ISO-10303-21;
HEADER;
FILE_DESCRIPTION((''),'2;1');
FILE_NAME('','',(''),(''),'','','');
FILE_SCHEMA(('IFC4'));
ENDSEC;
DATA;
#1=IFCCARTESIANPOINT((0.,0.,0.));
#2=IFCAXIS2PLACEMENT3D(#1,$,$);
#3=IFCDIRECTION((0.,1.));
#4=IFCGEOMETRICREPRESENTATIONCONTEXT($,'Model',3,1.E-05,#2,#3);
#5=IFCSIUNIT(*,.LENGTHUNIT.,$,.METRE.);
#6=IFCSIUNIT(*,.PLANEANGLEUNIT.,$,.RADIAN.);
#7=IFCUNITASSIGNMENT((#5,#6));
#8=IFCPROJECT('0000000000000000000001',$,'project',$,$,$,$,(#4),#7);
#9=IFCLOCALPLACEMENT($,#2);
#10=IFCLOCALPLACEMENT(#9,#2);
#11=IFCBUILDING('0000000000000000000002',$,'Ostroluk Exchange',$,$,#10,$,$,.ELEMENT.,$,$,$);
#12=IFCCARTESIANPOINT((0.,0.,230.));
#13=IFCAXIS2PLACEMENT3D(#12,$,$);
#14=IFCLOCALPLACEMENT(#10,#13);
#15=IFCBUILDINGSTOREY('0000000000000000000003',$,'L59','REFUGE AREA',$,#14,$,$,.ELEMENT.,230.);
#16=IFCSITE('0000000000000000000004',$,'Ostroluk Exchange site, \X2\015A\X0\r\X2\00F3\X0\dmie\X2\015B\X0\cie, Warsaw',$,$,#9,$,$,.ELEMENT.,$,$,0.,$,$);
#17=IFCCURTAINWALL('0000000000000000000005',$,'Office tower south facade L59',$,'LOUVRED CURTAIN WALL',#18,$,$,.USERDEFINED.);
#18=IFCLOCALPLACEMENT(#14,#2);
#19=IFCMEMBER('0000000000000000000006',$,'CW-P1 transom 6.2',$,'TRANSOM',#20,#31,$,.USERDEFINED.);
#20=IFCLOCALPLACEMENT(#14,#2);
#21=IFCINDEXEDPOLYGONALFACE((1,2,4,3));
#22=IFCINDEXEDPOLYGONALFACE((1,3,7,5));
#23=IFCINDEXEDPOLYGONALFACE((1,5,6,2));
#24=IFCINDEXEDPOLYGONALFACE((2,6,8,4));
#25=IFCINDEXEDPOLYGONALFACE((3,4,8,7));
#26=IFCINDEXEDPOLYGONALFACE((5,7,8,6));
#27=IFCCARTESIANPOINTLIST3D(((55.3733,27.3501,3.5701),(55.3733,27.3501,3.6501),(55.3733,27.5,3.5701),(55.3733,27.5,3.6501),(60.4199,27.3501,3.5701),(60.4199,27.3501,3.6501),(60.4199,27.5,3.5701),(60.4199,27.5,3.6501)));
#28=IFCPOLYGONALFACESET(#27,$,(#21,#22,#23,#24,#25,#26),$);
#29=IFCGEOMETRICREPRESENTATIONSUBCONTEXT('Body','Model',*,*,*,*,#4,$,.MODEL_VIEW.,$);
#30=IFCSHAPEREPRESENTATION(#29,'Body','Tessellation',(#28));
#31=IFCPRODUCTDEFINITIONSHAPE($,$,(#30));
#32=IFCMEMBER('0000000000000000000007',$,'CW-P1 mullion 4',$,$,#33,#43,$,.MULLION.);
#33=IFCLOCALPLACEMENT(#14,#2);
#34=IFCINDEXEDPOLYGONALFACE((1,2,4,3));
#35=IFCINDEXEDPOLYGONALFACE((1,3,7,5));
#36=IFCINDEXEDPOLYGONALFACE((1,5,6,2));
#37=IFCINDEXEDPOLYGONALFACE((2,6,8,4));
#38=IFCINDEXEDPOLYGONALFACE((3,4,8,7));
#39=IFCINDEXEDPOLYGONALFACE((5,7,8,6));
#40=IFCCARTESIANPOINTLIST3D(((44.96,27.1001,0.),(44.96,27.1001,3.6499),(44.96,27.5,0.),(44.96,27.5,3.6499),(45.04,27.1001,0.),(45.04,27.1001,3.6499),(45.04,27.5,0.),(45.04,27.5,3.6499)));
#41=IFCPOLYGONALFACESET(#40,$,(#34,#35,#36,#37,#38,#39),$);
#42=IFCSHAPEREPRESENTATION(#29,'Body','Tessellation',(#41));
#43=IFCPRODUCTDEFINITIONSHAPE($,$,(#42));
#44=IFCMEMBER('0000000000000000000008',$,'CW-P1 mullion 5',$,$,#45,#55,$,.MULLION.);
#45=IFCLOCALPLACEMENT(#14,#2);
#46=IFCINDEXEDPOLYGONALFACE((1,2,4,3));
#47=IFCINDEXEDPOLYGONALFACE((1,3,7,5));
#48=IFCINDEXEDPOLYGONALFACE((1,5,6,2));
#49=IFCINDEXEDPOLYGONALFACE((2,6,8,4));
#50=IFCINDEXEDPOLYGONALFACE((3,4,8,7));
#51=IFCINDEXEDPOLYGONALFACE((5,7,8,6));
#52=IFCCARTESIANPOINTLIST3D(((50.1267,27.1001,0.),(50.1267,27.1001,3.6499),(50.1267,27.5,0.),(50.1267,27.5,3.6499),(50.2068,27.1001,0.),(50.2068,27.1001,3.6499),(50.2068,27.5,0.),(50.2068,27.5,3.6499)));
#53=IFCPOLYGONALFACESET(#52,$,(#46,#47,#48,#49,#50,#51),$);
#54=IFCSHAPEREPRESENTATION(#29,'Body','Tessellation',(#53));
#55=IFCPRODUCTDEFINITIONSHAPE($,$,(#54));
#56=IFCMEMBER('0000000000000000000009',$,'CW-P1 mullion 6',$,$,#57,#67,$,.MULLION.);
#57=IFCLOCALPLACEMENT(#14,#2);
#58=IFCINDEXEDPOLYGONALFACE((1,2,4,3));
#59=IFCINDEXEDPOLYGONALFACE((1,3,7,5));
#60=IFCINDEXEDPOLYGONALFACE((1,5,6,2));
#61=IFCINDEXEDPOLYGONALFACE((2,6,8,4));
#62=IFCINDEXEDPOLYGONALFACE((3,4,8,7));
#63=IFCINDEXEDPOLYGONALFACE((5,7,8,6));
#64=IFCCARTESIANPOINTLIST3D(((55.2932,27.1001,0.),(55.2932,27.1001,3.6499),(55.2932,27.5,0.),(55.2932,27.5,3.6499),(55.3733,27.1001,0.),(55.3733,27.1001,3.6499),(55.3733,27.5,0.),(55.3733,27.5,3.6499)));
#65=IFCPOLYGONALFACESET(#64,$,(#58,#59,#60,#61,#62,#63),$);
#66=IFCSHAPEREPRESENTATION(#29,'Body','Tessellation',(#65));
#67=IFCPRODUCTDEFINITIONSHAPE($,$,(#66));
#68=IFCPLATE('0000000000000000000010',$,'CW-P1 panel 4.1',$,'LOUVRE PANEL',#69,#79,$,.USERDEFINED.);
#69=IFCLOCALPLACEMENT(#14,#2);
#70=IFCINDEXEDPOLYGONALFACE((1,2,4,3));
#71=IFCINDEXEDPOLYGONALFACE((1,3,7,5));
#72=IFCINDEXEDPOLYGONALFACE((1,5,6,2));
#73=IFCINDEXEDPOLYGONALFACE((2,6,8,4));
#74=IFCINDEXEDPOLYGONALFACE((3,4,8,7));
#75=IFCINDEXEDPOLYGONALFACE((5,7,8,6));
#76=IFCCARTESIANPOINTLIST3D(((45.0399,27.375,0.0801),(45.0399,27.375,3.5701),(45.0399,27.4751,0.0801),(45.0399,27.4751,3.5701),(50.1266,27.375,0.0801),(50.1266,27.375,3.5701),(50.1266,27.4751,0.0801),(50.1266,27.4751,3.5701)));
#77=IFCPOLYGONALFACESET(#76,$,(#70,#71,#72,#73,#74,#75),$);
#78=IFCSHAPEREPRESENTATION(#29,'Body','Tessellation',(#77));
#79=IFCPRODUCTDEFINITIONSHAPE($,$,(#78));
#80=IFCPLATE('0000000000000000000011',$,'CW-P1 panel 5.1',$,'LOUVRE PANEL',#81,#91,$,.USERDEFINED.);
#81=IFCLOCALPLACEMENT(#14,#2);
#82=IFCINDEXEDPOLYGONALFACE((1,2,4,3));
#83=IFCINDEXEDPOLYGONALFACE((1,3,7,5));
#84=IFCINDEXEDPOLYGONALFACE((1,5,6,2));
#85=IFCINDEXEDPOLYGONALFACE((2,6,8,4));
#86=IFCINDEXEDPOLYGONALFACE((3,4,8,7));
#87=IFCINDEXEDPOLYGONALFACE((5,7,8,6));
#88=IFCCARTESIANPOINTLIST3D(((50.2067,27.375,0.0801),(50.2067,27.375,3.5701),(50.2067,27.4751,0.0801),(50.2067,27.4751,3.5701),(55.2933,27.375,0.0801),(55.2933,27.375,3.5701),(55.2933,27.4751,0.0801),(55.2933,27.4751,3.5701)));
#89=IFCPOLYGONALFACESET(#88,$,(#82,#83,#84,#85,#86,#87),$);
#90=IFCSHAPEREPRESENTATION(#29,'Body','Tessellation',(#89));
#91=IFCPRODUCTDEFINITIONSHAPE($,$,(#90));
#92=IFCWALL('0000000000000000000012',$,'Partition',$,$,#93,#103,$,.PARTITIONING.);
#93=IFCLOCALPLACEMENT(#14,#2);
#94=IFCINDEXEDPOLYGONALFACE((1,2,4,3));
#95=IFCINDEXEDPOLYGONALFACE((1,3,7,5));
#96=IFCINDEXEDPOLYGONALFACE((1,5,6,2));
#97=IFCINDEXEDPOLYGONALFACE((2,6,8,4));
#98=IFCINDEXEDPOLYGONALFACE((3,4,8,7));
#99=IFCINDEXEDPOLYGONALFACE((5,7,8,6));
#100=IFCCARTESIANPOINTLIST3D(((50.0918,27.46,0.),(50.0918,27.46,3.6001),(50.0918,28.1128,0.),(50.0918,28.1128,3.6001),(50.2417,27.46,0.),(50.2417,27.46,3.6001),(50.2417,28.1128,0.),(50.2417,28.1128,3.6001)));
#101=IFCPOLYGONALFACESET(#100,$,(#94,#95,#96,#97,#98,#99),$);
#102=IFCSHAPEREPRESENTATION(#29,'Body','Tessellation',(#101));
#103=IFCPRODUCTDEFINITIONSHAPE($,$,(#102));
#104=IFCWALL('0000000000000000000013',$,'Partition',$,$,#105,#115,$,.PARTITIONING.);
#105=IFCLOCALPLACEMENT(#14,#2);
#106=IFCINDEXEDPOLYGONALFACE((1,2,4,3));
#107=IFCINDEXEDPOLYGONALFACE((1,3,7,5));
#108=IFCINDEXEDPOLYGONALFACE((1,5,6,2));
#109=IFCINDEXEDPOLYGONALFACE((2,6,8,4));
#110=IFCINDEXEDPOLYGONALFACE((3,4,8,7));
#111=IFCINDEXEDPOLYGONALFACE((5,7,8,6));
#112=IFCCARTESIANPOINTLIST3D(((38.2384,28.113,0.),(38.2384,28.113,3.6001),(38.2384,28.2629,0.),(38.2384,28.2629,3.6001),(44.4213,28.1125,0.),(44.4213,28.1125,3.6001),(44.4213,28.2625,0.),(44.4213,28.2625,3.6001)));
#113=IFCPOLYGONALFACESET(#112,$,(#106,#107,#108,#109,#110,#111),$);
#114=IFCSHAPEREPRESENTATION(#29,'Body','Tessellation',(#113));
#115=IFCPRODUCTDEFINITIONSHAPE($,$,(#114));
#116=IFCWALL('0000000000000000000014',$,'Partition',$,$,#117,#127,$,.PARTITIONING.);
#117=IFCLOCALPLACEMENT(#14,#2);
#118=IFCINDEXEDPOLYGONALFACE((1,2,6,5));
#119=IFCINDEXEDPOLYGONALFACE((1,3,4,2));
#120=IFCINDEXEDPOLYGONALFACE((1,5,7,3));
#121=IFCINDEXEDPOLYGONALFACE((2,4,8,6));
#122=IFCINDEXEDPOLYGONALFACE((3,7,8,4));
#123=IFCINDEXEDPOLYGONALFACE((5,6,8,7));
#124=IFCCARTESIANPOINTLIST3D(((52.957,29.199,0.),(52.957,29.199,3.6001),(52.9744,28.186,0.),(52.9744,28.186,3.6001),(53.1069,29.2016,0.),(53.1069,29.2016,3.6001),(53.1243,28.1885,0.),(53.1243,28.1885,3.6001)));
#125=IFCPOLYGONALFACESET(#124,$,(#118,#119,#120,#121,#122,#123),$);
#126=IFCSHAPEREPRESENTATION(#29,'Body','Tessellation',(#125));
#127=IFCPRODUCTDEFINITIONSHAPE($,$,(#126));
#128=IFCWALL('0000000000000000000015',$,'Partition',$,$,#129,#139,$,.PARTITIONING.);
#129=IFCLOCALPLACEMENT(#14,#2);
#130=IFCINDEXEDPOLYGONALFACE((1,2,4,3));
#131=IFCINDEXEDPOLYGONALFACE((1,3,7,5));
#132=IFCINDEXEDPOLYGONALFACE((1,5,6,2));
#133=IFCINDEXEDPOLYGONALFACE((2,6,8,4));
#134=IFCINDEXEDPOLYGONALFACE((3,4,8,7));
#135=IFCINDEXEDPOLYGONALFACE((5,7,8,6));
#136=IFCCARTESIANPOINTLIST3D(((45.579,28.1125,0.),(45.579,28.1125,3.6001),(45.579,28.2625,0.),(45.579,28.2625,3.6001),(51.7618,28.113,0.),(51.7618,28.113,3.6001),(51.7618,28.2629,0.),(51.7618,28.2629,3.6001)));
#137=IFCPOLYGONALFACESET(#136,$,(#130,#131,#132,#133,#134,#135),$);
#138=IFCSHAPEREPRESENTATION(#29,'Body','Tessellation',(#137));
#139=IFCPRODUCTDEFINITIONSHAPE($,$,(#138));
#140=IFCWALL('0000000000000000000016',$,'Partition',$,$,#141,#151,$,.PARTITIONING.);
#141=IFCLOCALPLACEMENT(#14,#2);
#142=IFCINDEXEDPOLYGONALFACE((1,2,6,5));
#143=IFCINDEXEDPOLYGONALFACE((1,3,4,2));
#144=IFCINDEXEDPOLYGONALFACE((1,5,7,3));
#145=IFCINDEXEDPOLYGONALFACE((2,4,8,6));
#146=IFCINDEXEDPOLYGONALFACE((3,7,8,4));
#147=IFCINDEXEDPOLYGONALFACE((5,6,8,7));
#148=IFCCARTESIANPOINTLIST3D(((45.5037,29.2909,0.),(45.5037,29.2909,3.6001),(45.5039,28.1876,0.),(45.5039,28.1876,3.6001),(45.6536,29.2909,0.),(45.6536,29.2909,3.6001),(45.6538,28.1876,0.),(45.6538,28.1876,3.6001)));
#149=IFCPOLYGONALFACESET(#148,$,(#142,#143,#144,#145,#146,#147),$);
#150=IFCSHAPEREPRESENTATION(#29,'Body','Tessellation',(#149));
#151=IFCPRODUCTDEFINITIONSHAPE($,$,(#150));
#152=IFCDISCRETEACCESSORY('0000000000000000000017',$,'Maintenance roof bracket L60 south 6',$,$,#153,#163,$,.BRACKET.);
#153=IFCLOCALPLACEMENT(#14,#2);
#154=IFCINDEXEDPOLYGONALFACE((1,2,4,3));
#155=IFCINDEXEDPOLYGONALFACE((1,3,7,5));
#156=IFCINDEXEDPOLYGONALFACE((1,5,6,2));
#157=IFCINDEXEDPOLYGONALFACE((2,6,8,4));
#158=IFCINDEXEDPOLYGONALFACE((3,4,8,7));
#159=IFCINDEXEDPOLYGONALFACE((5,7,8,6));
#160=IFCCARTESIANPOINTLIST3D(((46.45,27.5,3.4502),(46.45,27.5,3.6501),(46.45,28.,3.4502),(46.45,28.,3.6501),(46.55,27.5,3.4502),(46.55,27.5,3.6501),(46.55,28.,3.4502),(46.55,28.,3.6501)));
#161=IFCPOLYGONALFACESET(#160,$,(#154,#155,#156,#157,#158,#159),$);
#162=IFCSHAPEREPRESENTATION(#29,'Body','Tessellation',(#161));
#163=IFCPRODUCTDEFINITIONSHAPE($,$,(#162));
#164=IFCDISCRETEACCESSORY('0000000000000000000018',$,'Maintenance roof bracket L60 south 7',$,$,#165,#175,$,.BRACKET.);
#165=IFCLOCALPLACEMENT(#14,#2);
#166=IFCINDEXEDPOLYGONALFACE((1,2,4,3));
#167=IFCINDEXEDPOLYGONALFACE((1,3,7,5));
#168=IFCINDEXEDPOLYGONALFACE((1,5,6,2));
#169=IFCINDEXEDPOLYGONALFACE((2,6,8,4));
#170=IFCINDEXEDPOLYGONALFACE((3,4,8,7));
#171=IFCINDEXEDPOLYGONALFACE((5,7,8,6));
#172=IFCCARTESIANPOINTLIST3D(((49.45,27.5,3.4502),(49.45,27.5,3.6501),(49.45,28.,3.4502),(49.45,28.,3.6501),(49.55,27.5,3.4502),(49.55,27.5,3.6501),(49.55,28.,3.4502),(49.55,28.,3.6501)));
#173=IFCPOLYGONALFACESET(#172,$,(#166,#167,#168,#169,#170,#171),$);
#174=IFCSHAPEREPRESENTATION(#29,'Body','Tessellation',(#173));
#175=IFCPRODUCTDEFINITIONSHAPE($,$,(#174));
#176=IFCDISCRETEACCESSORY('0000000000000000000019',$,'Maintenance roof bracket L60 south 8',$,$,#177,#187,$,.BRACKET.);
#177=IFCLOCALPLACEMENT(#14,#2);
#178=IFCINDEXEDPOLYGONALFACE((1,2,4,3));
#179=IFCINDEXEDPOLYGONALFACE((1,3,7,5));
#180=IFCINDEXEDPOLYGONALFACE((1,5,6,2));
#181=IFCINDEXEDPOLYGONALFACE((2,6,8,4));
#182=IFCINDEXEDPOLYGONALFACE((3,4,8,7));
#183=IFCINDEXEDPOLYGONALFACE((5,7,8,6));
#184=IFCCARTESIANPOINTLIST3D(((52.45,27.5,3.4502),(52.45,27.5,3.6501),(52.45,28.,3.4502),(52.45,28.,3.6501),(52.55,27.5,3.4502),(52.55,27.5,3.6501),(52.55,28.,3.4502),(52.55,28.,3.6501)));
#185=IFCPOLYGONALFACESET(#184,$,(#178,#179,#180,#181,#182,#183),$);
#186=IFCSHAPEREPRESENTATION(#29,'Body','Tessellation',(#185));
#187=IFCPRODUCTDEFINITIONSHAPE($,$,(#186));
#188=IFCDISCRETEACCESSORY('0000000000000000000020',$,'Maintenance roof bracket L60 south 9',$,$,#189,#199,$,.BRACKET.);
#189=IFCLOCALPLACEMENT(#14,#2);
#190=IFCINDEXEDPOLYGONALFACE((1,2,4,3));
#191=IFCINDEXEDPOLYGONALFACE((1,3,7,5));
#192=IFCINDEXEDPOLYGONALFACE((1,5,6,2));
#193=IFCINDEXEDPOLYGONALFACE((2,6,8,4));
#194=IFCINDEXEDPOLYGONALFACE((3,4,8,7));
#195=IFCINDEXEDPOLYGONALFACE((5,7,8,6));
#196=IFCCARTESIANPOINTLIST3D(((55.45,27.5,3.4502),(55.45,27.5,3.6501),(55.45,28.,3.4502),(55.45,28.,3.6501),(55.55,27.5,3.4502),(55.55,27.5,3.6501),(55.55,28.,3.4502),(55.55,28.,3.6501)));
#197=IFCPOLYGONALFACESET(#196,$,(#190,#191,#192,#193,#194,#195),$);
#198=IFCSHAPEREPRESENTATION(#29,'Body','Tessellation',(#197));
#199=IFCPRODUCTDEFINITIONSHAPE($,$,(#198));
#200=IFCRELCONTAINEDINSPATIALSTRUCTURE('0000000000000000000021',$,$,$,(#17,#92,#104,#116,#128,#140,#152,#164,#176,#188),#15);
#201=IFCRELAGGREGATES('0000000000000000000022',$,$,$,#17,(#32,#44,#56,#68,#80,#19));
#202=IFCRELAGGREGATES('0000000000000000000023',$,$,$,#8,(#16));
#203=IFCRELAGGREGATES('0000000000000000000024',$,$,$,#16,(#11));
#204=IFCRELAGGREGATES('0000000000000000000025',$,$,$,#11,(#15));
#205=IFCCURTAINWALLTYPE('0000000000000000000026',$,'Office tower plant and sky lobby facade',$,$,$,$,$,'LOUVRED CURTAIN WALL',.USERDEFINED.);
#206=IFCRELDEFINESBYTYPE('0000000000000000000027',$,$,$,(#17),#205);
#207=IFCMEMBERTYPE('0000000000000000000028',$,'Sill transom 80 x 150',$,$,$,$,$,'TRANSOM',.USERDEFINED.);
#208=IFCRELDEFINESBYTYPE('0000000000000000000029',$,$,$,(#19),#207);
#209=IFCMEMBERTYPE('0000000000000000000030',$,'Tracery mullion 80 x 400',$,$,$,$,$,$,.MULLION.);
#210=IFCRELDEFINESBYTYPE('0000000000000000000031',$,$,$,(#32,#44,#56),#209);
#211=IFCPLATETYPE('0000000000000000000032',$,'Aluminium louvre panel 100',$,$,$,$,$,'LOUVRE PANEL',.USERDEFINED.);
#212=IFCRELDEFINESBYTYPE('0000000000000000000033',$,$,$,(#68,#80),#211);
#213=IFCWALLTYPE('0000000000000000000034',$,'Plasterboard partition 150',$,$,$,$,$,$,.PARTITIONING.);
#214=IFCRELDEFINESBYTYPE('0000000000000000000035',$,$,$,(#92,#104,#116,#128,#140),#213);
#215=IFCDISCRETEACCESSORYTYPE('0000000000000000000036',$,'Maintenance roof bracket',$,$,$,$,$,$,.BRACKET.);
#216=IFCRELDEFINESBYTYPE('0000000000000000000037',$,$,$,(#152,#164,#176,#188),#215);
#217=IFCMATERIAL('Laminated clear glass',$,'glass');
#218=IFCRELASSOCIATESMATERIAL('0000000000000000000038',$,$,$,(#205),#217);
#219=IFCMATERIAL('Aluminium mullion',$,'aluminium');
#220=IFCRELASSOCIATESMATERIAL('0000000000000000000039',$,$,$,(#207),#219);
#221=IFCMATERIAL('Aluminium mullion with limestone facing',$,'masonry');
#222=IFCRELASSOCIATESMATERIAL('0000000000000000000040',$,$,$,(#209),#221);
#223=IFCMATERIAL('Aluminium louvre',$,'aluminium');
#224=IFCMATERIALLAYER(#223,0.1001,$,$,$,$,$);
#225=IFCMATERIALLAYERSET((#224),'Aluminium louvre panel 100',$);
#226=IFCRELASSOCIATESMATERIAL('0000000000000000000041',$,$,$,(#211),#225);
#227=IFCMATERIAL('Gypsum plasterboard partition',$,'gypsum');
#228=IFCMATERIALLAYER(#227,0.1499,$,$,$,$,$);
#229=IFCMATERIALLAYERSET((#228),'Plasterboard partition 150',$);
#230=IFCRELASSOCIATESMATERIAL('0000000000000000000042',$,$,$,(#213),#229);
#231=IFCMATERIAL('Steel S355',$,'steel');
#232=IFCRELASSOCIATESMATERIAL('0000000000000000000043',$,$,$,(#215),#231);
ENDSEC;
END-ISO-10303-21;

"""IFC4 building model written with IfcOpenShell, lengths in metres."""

from ifc_helpers import new_model, si_unit, direction, frame, frame_2d, origin, origin_2d, place, context, subcontext, project, spatial, rectangle, extrude, material, layer, layer_set, material_profile, profile_set, type_object, element, aggregate, save


model = new_model("IFC4")

# Units and contexts
model_context = context("Model", 3, precision=1e-05, world=origin(), true_north=direction((0.0, 1.0)))
body_context = subcontext(model_context, "Body", "Model", "MODEL_VIEW")
ifc_project = project(units=[si_unit("LENGTHUNIT", "METRE"), si_unit("PLANEANGLEUNIT", "RADIAN")], contexts=[model_context])

# Site, building, storey
site_placement = place(None, origin())
site = spatial("IfcSite", under=ifc_project, at=site_placement, Name="Ostroluk Exchange site, Śródmieście, Warsaw", CompositionType="ELEMENT", RefElevation=0.0)
building_placement = place(site_placement, origin())
building = spatial("IfcBuilding", under=site, at=building_placement, Name="Ostroluk Exchange", CompositionType="ELEMENT")
storey_placement = place(building_placement, frame((0.0, 0.0, 230.0)))
storey = spatial("IfcBuildingStorey", under=building, at=storey_placement, Name="L59", Description="REFUGE AREA", CompositionType="ELEMENT", Elevation=230.0)

# Curtain wall, members, plates
ifc_material_1 = material(Name="Laminated clear glass", Category="glass")
curtain_wall_type = type_object("IfcCurtainWallType", Name="Office tower plant and sky lobby facade", ElementType="LOUVRED CURTAIN WALL", PredefinedType="USERDEFINED", material=ifc_material_1)
curtain_wall_placement = place(storey_placement, origin())
curtain_wall = element("IfcCurtainWall", 1, at=curtain_wall_placement, inside=storey, type_object=curtain_wall_type, Name="Office tower south facade L59", ObjectType="LOUVRED CURTAIN WALL", PredefinedType="USERDEFINED")
ifc_material_2 = material(Name="Aluminium mullion", Category="aluminium")
ifc_material_profile_1 = material_profile(ifc_material_2, rectangle(XDim=0.1499, YDim=0.0801, at=origin_2d()), Name="Sill transom 80 x 150")
ifc_profile_set_1 = profile_set([ifc_material_profile_1], Name="Aluminium mullion")
member_type_1 = type_object("IfcMemberType", Name="Sill transom 80 x 150", ElementType="TRANSOM", PredefinedType="USERDEFINED", material=ifc_profile_set_1)
member_1_placement = place(storey_placement, frame((55.3733, 27.425, 3.6101), z_axis=(1.0, 0.0, 0.0), x_axis=(0.0, 1.0, 0.0)))
member_1 = element("IfcMember", 2, at=member_1_placement, type_object=member_type_1, Name="CW-P1 transom 6.2", ObjectType="TRANSOM", PredefinedType="USERDEFINED", context=body_context, shape_type="SweptSolid", body=[
    extrude(rectangle(XDim=0.1499, YDim=0.0801, at=origin_2d()), origin(), (0.0, 0.0, 1.0), 5.0466),
])
ifc_material_3 = material(Name="Aluminium mullion with limestone facing", Category="masonry")
ifc_material_profile_2 = material_profile(ifc_material_3, rectangle(XDim=0.3999, YDim=0.0801, at=origin_2d()), Name="Tracery mullion 80 x 400")
ifc_profile_set_2 = profile_set([ifc_material_profile_2], Name="Aluminium mullion with limestone facing")
member_type_2 = type_object("IfcMemberType", Name="Tracery mullion 80 x 400", PredefinedType="MULLION", material=ifc_profile_set_2)
member_2_placement = place(storey_placement, frame((45.0, 27.3, 0.0), z_axis=(0.0, 0.0, 1.0), x_axis=(0.0, 1.0, 0.0)))
member_2 = element("IfcMember", 3, at=member_2_placement, type_object=member_type_2, Name="CW-P1 mullion 4", PredefinedType="MULLION", context=body_context, shape_type="SweptSolid", body=[
    extrude(rectangle(XDim=0.3999, YDim=0.0801, at=origin_2d()), origin(), (0.0, 0.0, 1.0), 3.6499),
])
member_3_placement = place(storey_placement, frame((50.1667, 27.3, 0.0), z_axis=(0.0, 0.0, 1.0), x_axis=(0.0, 1.0, 0.0)))
member_3 = element("IfcMember", 4, at=member_3_placement, type_object=member_type_2, Name="CW-P1 mullion 5", PredefinedType="MULLION", context=body_context, shape_type="SweptSolid", body=[
    extrude(rectangle(XDim=0.3999, YDim=0.0801, at=origin_2d()), origin(), (0.0, 0.0, 1.0), 3.6499),
])
member_4_placement = place(storey_placement, frame((55.3333, 27.3, 0.0), z_axis=(0.0, 0.0, 1.0), x_axis=(0.0, 1.0, 0.0)))
member_4 = element("IfcMember", 5, at=member_4_placement, type_object=member_type_2, Name="CW-P1 mullion 6", PredefinedType="MULLION", context=body_context, shape_type="SweptSolid", body=[
    extrude(rectangle(XDim=0.3999, YDim=0.0801, at=origin_2d()), origin(), (0.0, 0.0, 1.0), 3.6499),
])
ifc_material_4 = material(Name="Aluminium louvre", Category="aluminium")
ifc_layer_1 = layer(ifc_material_4, 0.1001)
ifc_layer_set_1 = layer_set([ifc_layer_1], Name="Aluminium louvre panel 100")
plate_type = type_object("IfcPlateType", Name="Aluminium louvre panel 100", ElementType="LOUVRE PANEL", PredefinedType="USERDEFINED", material=ifc_layer_set_1)
plate_1_placement = place(storey_placement, frame((47.5833, 27.425, 0.0801), z_axis=(0.0, 0.0, 1.0), x_axis=(1.0, 0.0, 0.0)))
plate_1 = element("IfcPlate", 6, at=plate_1_placement, type_object=plate_type, Name="CW-P1 panel 4.1", ObjectType="LOUVRE PANEL", PredefinedType="USERDEFINED", context=body_context, shape_type="SweptSolid", body=[
    extrude(rectangle(XDim=5.0867, YDim=0.1001, at=origin_2d()), origin(), (0.0, 0.0, 1.0), 3.49),
])
plate_2_placement = place(storey_placement, frame((52.75, 27.425, 0.0801), z_axis=(0.0, 0.0, 1.0), x_axis=(1.0, 0.0, 0.0)))
plate_2 = element("IfcPlate", 7, at=plate_2_placement, type_object=plate_type, Name="CW-P1 panel 5.1", ObjectType="LOUVRE PANEL", PredefinedType="USERDEFINED", context=body_context, shape_type="SweptSolid", body=[
    extrude(rectangle(XDim=5.0867, YDim=0.1001, at=origin_2d()), origin(), (0.0, 0.0, 1.0), 3.49),
])
aggregate(curtain_wall, [member_2, member_3, member_4, plate_1, plate_2, member_1])

# Walls
ifc_material_5 = material(Name="Gypsum plasterboard partition", Category="gypsum")
ifc_layer_2 = layer(ifc_material_5, 0.1499)
ifc_layer_set_2 = layer_set([ifc_layer_2], Name="Plasterboard partition 150")
wall_type = type_object("IfcWallType", Name="Plasterboard partition 150", PredefinedType="PARTITIONING", material=ifc_layer_set_2)
wall_1_placement = place(storey_placement, frame((50.1667, 28.1128, 0.0), z_axis=(0.0, 0.0, 1.0), x_axis=(0.0, -1.0, 0.0)))
element("IfcWall", 8, at=wall_1_placement, inside=storey, type_object=wall_type, Name="Partition", PredefinedType="PARTITIONING", context=body_context, shape_type="SweptSolid", body=[
    extrude(rectangle(XDim=0.6528, YDim=0.1499, at=frame_2d((0.3264, 0.0))), origin(), (0.0, 0.0, 1.0), 3.6001),
])
wall_2_placement = place(storey_placement, frame((44.4211, 28.1875, 0.0), z_axis=(0.0, 0.0, 1.0), x_axis=(-1.0, 0.000079, 0.0)))
element("IfcWall", 9, at=wall_2_placement, inside=storey, type_object=wall_type, Name="Partition", PredefinedType="PARTITIONING", context=body_context, shape_type="SweptSolid", body=[
    extrude(rectangle(XDim=6.1829, YDim=0.1499, at=frame_2d((3.0913, 0.0))), origin(), (0.0, 0.0, 1.0), 3.6001),
])
wall_3_placement = place(storey_placement, frame((53.0493, 28.1873, 0.0), z_axis=(0.0, 0.0, 1.0), x_axis=(-0.01711, 0.999854, 0.0)))
element("IfcWall", 10, at=wall_3_placement, inside=storey, type_object=wall_type, Name="Partition", PredefinedType="PARTITIONING", context=body_context, shape_type="SweptSolid", body=[
    extrude(rectangle(XDim=1.0132, YDim=0.1499, at=frame_2d((0.5066, 0.0))), origin(), (0.0, 0.0, 1.0), 3.6001),
])
wall_4_placement = place(storey_placement, frame((51.7617, 28.188, 0.0), z_axis=(0.0, 0.0, 1.0), x_axis=(-1.0, -0.000079, 0.0)))
element("IfcWall", 11, at=wall_4_placement, inside=storey, type_object=wall_type, Name="Partition", PredefinedType="PARTITIONING", context=body_context, shape_type="SweptSolid", body=[
    extrude(rectangle(XDim=6.1829, YDim=0.1499, at=frame_2d((3.0913, 0.0))), origin(), (0.0, 0.0, 1.0), 3.6001),
])
wall_5_placement = place(storey_placement, frame((45.5789, 28.1875, 0.0), z_axis=(0.0, 0.0, 1.0), x_axis=(-0.000221, 1.0, 0.0)))
element("IfcWall", 12, at=wall_5_placement, inside=storey, type_object=wall_type, Name="Partition", PredefinedType="PARTITIONING", context=body_context, shape_type="SweptSolid", body=[
    extrude(rectangle(XDim=1.1033, YDim=0.1499, at=frame_2d((0.5518, 0.0))), origin(), (0.0, 0.0, 1.0), 3.6001),
])

# Discrete accessories
ifc_material_6 = material(Name="Steel S355", Category="steel")
discrete_accessory_type = type_object("IfcDiscreteAccessoryType", Name="Maintenance roof bracket", PredefinedType="BRACKET", material=ifc_material_6)
for number, where, z_axis, x_axis, name in (
    (13, (46.5, 27.75, 3.4502), (0.0, 0.0, 1.0), (1.0, 0.0, 0.0), "Maintenance roof bracket L60 south 6"),
    (14, (49.5, 27.75, 3.4502), (0.0, 0.0, 1.0), (1.0, 0.0, 0.0), "Maintenance roof bracket L60 south 7"),
    (15, (52.5, 27.75, 3.4502), (0.0, 0.0, 1.0), (1.0, 0.0, 0.0), "Maintenance roof bracket L60 south 8"),
    (16, (55.5, 27.75, 3.4502), (0.0, 0.0, 1.0), (1.0, 0.0, 0.0), "Maintenance roof bracket L60 south 9"),
):
    element("IfcDiscreteAccessory", number, at=place(storey_placement, frame(where, z_axis=z_axis, x_axis=x_axis)), inside=storey, type_object=discrete_accessory_type, Name=name, PredefinedType="BRACKET", context=body_context, shape_type="SweptSolid", body=[
        extrude(rectangle(XDim=0.1001, YDim=0.5, at=origin_2d()), origin(), (0.0, 0.0, 1.0), 0.2),
    ])

save(model, "model.ifc")
